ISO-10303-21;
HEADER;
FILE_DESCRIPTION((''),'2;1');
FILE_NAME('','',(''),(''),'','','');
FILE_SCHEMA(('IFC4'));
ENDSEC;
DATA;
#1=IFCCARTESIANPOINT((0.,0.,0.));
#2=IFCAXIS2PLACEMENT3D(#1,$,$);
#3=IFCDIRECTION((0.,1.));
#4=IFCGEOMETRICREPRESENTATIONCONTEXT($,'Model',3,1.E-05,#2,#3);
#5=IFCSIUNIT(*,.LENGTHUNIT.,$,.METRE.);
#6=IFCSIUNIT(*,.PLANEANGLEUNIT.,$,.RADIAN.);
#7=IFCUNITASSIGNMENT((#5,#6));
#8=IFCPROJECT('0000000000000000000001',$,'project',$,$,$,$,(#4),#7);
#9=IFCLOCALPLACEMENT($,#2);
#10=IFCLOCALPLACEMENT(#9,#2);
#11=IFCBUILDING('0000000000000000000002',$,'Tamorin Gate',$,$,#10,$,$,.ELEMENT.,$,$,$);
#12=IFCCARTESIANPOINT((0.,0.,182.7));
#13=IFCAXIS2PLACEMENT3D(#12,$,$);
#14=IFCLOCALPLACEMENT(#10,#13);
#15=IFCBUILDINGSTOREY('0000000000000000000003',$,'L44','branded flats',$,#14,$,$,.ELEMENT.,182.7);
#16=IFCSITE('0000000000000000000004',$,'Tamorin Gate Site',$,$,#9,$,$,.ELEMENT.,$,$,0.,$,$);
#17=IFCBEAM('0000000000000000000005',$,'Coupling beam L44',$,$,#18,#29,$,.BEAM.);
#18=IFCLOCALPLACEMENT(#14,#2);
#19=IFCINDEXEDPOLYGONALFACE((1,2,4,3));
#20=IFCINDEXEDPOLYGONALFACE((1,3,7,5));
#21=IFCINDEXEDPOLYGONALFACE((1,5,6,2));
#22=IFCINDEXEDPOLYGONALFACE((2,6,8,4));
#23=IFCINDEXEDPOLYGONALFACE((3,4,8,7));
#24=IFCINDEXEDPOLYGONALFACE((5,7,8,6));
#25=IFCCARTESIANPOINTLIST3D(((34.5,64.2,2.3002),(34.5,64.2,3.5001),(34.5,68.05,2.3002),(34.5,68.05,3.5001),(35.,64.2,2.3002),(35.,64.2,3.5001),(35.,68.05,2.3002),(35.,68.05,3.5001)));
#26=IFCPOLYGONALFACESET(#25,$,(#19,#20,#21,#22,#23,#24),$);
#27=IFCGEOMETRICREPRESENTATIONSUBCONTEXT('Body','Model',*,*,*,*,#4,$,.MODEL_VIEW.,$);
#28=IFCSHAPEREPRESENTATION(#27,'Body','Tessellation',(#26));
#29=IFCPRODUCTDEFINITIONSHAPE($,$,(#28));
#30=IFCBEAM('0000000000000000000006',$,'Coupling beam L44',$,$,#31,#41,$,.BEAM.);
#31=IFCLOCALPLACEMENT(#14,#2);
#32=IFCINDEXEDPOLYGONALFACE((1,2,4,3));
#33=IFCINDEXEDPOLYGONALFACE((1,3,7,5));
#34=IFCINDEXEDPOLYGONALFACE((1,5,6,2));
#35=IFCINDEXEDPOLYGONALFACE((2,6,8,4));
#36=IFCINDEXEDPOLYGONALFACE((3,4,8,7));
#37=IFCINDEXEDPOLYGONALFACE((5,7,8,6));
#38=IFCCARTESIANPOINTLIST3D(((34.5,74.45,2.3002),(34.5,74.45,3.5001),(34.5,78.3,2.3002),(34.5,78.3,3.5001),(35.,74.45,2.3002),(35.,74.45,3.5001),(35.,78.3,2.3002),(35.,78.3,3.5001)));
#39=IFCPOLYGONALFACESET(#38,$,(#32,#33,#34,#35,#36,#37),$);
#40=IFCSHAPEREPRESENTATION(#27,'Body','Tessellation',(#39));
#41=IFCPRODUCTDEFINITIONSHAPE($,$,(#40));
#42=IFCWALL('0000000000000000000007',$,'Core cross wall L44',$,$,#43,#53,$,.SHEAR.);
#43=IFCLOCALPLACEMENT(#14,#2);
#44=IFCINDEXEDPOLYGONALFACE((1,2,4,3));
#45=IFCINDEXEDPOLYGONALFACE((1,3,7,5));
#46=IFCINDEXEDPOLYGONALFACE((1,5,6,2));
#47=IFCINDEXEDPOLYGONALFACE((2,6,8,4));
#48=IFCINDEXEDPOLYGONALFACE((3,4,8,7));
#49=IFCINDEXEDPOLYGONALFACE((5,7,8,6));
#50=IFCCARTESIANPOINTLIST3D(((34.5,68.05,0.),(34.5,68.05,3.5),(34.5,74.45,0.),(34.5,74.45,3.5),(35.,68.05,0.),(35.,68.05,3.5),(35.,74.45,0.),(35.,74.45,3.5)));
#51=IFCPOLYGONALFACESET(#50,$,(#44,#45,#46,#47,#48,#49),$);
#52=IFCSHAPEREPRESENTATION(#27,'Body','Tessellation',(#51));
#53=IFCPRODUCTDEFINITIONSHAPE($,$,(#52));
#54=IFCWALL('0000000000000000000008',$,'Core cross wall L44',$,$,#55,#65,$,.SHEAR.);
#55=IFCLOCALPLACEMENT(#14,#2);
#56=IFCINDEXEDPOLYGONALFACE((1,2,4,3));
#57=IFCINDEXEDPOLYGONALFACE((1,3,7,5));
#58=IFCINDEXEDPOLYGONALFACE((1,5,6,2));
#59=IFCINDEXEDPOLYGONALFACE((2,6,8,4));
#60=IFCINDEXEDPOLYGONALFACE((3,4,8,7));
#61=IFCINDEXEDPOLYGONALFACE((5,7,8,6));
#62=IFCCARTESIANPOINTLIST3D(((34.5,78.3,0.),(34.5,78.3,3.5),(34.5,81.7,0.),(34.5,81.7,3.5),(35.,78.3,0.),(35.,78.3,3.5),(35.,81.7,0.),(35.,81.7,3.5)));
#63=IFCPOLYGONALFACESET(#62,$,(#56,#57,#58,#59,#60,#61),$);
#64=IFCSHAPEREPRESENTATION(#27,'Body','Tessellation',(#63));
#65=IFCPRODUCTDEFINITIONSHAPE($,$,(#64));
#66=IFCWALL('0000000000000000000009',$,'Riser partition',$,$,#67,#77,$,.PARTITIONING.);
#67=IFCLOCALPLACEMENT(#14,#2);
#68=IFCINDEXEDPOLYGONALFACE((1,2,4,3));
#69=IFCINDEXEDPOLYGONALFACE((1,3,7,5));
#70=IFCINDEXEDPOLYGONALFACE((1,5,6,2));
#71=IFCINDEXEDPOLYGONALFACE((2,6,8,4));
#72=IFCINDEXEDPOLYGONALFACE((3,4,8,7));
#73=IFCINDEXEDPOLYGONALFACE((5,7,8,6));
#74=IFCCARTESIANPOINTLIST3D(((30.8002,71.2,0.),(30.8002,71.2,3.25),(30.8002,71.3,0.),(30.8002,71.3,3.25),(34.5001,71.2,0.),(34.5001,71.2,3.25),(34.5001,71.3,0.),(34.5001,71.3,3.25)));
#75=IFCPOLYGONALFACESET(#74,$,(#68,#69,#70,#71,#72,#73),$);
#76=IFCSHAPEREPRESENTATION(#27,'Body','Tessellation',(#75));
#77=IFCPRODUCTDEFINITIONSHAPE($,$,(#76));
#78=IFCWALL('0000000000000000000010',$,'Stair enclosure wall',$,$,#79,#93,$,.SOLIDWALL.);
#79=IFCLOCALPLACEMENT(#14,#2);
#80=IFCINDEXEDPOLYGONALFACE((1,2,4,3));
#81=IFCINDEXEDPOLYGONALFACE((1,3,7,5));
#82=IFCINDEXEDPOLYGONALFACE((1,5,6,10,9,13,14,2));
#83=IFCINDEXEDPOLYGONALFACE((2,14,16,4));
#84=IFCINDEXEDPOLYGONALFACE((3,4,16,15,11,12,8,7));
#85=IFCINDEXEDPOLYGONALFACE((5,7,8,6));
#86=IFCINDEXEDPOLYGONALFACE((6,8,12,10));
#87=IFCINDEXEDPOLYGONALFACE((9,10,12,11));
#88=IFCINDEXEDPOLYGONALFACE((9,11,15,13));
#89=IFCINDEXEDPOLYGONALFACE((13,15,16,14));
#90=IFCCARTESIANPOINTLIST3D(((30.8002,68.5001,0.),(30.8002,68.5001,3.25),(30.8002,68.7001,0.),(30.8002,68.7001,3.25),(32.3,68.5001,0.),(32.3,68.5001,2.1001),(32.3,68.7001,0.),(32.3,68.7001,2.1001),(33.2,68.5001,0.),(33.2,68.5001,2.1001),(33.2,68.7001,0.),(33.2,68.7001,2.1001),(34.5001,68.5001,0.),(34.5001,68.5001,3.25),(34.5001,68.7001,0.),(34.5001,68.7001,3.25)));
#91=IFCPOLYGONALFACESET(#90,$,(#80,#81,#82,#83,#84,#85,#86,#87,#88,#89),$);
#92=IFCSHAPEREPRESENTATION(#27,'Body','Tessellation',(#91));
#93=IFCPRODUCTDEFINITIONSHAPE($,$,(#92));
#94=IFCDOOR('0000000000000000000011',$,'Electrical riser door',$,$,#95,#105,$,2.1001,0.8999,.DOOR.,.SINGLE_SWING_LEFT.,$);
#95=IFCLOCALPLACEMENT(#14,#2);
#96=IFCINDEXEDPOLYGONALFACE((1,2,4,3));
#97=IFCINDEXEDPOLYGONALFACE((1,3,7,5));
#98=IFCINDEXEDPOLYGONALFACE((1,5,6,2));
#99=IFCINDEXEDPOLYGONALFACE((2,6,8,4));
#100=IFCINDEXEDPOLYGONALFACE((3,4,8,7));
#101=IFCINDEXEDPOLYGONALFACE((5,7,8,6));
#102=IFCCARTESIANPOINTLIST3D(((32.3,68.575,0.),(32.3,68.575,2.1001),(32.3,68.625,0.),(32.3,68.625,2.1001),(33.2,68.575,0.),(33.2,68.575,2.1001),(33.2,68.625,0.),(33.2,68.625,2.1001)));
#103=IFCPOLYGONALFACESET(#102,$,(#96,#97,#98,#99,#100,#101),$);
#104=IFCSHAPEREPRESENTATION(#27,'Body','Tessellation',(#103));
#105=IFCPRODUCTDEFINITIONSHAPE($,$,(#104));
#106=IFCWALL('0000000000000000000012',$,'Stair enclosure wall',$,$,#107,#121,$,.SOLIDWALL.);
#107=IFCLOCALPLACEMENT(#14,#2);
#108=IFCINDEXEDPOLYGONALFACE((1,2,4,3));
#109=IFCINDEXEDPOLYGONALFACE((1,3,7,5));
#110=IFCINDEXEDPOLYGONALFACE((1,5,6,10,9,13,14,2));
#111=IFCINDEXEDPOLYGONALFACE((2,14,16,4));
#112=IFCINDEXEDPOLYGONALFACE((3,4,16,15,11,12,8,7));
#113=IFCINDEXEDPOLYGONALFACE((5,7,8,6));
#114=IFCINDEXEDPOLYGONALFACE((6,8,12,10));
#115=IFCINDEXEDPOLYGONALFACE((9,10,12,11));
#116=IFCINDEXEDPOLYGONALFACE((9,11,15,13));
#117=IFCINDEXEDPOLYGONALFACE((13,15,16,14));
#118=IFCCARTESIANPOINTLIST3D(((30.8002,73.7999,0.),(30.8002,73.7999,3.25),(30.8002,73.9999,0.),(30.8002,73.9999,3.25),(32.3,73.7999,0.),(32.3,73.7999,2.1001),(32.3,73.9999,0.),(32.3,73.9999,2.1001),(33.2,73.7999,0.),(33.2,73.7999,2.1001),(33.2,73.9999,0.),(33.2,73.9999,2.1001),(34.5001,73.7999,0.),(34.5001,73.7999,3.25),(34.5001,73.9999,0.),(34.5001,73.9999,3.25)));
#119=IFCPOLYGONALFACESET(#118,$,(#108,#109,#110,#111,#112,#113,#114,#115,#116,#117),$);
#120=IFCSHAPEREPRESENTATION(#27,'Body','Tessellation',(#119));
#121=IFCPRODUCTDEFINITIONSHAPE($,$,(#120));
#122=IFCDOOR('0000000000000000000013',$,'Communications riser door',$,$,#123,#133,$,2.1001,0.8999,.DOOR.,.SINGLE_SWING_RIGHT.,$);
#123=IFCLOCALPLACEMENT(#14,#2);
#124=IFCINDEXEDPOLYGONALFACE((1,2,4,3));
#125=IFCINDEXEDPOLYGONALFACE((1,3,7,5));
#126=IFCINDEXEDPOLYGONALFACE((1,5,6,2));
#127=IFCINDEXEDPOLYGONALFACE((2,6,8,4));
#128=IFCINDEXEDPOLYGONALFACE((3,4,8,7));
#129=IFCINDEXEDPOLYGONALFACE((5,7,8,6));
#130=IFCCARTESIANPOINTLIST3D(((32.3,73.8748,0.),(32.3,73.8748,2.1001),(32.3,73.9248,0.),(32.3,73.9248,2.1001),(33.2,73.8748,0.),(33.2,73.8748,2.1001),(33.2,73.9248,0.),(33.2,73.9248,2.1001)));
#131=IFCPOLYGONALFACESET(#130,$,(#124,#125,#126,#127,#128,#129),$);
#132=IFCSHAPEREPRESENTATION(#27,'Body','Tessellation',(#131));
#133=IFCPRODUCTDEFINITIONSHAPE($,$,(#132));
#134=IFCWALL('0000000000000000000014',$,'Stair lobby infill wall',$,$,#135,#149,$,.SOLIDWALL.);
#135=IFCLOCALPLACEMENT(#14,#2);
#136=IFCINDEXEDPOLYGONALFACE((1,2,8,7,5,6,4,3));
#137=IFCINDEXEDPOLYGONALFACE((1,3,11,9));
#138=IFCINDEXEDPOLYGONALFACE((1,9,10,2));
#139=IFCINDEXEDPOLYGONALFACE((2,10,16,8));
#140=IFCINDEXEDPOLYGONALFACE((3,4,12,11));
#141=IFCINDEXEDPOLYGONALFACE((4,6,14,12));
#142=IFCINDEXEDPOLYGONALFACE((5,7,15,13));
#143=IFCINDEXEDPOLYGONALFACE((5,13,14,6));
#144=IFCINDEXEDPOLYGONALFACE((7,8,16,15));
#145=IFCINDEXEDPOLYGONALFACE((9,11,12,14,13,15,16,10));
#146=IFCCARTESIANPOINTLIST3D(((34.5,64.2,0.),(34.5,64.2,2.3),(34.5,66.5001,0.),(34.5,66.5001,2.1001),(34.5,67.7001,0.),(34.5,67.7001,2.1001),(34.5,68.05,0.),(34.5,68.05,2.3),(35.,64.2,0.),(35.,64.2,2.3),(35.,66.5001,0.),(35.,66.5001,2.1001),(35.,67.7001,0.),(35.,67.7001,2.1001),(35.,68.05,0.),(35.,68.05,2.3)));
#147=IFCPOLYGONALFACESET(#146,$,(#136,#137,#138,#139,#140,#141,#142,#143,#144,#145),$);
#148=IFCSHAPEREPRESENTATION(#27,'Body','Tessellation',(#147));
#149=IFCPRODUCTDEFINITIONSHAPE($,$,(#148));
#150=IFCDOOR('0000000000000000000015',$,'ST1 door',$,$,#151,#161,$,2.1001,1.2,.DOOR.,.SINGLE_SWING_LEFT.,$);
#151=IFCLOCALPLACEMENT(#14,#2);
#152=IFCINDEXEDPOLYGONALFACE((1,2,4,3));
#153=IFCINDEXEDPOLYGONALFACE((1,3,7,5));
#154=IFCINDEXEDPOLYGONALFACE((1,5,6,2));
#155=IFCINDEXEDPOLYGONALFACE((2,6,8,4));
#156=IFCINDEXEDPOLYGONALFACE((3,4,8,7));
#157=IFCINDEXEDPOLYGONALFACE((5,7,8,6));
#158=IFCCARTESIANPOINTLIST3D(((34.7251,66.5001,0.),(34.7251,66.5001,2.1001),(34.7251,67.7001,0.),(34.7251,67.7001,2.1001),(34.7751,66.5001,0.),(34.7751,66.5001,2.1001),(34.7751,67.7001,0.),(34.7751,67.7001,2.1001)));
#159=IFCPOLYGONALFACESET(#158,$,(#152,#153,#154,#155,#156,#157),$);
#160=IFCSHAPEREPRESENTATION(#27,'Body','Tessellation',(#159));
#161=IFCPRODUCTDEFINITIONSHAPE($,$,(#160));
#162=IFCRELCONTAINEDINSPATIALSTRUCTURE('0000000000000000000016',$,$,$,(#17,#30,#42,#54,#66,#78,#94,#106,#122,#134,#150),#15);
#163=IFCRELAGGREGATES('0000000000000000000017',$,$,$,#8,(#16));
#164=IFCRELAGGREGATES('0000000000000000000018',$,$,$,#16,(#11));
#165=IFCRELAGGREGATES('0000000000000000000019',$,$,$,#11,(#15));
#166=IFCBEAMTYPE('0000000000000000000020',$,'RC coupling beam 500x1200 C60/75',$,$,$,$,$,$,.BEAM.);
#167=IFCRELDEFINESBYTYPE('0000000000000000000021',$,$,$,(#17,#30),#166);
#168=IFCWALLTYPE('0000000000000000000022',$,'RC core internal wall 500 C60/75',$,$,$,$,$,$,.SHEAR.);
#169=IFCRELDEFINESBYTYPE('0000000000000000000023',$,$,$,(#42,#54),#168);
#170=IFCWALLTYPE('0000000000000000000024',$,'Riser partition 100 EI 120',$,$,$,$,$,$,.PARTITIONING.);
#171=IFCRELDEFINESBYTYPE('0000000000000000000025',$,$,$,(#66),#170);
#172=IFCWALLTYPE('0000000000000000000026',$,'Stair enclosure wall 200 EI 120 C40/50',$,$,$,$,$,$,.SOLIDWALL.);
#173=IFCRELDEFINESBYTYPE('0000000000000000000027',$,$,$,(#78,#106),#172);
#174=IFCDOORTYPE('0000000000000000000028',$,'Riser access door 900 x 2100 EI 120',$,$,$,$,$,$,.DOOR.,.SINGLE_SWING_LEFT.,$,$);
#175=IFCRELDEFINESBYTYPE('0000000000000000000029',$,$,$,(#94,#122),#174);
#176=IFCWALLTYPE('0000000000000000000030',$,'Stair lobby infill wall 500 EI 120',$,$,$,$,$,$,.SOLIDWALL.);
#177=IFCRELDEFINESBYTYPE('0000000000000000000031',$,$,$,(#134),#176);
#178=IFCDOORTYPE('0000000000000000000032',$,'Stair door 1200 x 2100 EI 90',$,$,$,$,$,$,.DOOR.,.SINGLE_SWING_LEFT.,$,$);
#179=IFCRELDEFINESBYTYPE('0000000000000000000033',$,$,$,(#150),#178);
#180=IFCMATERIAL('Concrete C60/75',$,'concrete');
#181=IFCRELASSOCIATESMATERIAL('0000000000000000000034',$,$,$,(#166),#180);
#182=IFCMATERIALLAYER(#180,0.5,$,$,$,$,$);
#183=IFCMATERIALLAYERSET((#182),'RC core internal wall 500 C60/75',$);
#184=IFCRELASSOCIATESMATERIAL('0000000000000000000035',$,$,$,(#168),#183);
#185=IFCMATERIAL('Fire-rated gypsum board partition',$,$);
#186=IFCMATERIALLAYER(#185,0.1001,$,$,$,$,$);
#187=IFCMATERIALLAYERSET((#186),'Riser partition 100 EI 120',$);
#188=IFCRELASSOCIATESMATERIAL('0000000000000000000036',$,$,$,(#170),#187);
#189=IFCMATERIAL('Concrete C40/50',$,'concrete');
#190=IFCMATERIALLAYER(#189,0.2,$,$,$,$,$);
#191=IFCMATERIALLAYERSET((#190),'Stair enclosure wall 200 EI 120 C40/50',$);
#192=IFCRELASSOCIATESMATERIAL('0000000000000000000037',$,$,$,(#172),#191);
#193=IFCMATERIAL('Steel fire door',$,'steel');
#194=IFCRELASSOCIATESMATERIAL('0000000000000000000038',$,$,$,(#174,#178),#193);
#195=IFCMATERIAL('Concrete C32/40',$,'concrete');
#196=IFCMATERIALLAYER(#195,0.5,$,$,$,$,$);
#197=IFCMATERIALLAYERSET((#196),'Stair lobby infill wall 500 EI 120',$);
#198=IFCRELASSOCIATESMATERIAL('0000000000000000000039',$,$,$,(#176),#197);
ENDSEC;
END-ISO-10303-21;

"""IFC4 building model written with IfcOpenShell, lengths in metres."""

from ifc_helpers import new_model, si_unit, direction, frame, frame_2d, origin, origin_2d, place, context, subcontext, project, spatial, rectangle, extrude, material, layer, layer_set, material_profile, profile_set, type_object, element, fill, save


model = new_model("IFC4")

# Units and contexts
model_context = context("Model", 3, precision=1e-05, world=origin(), true_north=direction((0.0, 1.0)))
body_context = subcontext(model_context, "Body", "Model", "MODEL_VIEW")
ifc_project = project(units=[si_unit("LENGTHUNIT", "METRE"), si_unit("PLANEANGLEUNIT", "RADIAN")], contexts=[model_context])

# Site, building, storey
site_placement = place(None, origin())
site = spatial("IfcSite", under=ifc_project, at=site_placement, Name="Tamorin Gate Site", CompositionType="ELEMENT", RefElevation=0.0)
building_placement = place(site_placement, origin())
building = spatial("IfcBuilding", under=site, at=building_placement, Name="Tamorin Gate", CompositionType="ELEMENT")
storey_placement = place(building_placement, frame((0.0, 0.0, 182.7)))
storey = spatial("IfcBuildingStorey", under=building, at=storey_placement, Name="L44", Description="branded flats", CompositionType="ELEMENT", Elevation=182.7)

# Beams
ifc_material_1 = material(Name="Concrete C60/75", Category="concrete")
ifc_material_profile = material_profile(ifc_material_1, rectangle(XDim=0.5, YDim=1.2, at=origin_2d()), Name="RC 500x1200")
ifc_profile_set = profile_set([ifc_material_profile], Name="Concrete C60/75")
beam_type = type_object("IfcBeamType", Name="RC coupling beam 500x1200 C60/75", PredefinedType="BEAM", material=ifc_profile_set)
for number, where, z_axis, x_axis, name in (
    (1, (34.75, 64.2, 2.9001), (0.0, 1.0, 0.0), (-1.0, 0.0, 0.0), "Coupling beam L44"),
    (2, (34.75, 74.45, 2.9001), (0.0, 1.0, 0.0), (-1.0, 0.0, 0.0), "Coupling beam L44"),
):
    element("IfcBeam", number, at=place(storey_placement, frame(where, z_axis=z_axis, x_axis=x_axis)), inside=storey, type_object=beam_type, Name=name, PredefinedType="BEAM", context=body_context, shape_type="SweptSolid", body=[
        extrude(rectangle(XDim=0.5, YDim=1.2, at=origin_2d()), origin(), (0.0, 0.0, 1.0), 3.8501),
    ])

# Walls
ifc_layer_1 = layer(ifc_material_1, 0.5)
ifc_layer_set_1 = layer_set([ifc_layer_1], Name="RC core internal wall 500 C60/75")
wall_type_1 = type_object("IfcWallType", Name="RC core internal wall 500 C60/75", PredefinedType="SHEAR", material=ifc_layer_set_1)
wall_1_placement = place(storey_placement, frame((34.75, 68.05, 0.0), z_axis=(0.0, 0.0, 1.0), x_axis=(0.0, 1.0, 0.0)))
element("IfcWall", 3, at=wall_1_placement, inside=storey, type_object=wall_type_1, Name="Core cross wall L44", PredefinedType="SHEAR", context=body_context, shape_type="SweptSolid", body=[
    extrude(rectangle(XDim=6.3999, YDim=0.5, at=frame_2d((3.2, 0.0))), origin(), (0.0, 0.0, 1.0), 3.5),
])
wall_2_placement = place(storey_placement, frame((34.75, 78.3, 0.0), z_axis=(0.0, 0.0, 1.0), x_axis=(0.0, 1.0, 0.0)))
element("IfcWall", 4, at=wall_2_placement, inside=storey, type_object=wall_type_1, Name="Core cross wall L44", PredefinedType="SHEAR", context=body_context, shape_type="SweptSolid", body=[
    extrude(rectangle(XDim=3.3999, YDim=0.5, at=frame_2d((1.7, 0.0))), origin(), (0.0, 0.0, 1.0), 3.5),
])
ifc_material_2 = material(Name="Fire-rated gypsum board partition")
ifc_layer_2 = layer(ifc_material_2, 0.1001)
ifc_layer_set_2 = layer_set([ifc_layer_2], Name="Riser partition 100 EI 120")
wall_type_2 = type_object("IfcWallType", Name="Riser partition 100 EI 120", PredefinedType="PARTITIONING", material=ifc_layer_set_2)
wall_3_placement = place(storey_placement, frame((30.8, 71.25, 0.0), z_axis=(0.0, 0.0, 1.0), x_axis=(1.0, 0.0, 0.0)))
element("IfcWall", 5, at=wall_3_placement, inside=storey, type_object=wall_type_2, Name="Riser partition", PredefinedType="PARTITIONING", context=body_context, shape_type="SweptSolid", body=[
    extrude(rectangle(XDim=3.7, YDim=0.1001, at=frame_2d((1.8501, 0.0))), origin(), (0.0, 0.0, 1.0), 3.25),
])

# Walls, openings, doors
ifc_material_3 = material(Name="Concrete C40/50", Category="concrete")
ifc_layer_3 = layer(ifc_material_3, 0.2)
ifc_layer_set_3 = layer_set([ifc_layer_3], Name="Stair enclosure wall 200 EI 120 C40/50")
wall_type_3 = type_object("IfcWallType", Name="Stair enclosure wall 200 EI 120 C40/50", PredefinedType="SOLIDWALL", material=ifc_layer_set_3)
wall_4_placement = place(storey_placement, frame((30.8, 68.6001, 0.0), z_axis=(0.0, 0.0, 1.0), x_axis=(1.0, 0.0, 0.0)))
wall_4 = element("IfcWall", 6, at=wall_4_placement, inside=storey, type_object=wall_type_3, Name="Stair enclosure wall", PredefinedType="SOLIDWALL", context=body_context, shape_type="SweptSolid", body=[
    extrude(rectangle(XDim=3.7, YDim=0.2, at=frame_2d((1.8501, 0.0))), origin(), (0.0, 0.0, 1.0), 3.25),
])
opening_1_placement = place(wall_4_placement, frame((1.5, 0.0, 0.0)))
opening_1 = element("IfcOpeningElement", 7, at=opening_1_placement, cuts=wall_4, PredefinedType="OPENING", context=body_context, shape_type="SweptSolid", body=[
    extrude(rectangle(XDim=0.8999, YDim=2.1001, at=frame_2d((0.45, 1.05))), frame((0.0, 0.1099, 0.0), z_axis=(0.0, -1.0, 0.0), x_axis=(1.0, 0.0, 0.0)), (0.0, 0.0, 1.0), 0.22),
])
ifc_material_4 = material(Name="Steel fire door", Category="steel")
door_type_1 = type_object("IfcDoorType", Name="Riser access door 900 x 2100 EI 120", OperationType="SINGLE_SWING_LEFT", PredefinedType="DOOR", material=ifc_material_4)
door_1_placement = place(opening_1_placement, origin())
door_1 = element("IfcDoor", 8, at=door_1_placement, inside=storey, type_object=door_type_1, Name="Electrical riser door", OperationType="SINGLE_SWING_LEFT", OverallHeight=2.1001, OverallWidth=0.8999, PredefinedType="DOOR", context=body_context, shape_type="SweptSolid", body=[
    extrude(rectangle(XDim=0.8999, YDim=2.1001, at=frame_2d((0.45, 1.05))), frame((0.0, 0.0249, 0.0), z_axis=(0.0, -1.0, 0.0), x_axis=(1.0, 0.0, 0.0)), (0.0, 0.0, 1.0), 0.05),
])
fill(opening_1, door_1)
wall_5_placement = place(storey_placement, frame((30.8, 73.8999, 0.0), z_axis=(0.0, 0.0, 1.0), x_axis=(1.0, 0.0, 0.0)))
wall_5 = element("IfcWall", 9, at=wall_5_placement, inside=storey, type_object=wall_type_3, Name="Stair enclosure wall", PredefinedType="SOLIDWALL", context=body_context, shape_type="SweptSolid", body=[
    extrude(rectangle(XDim=3.7, YDim=0.2, at=frame_2d((1.8501, 0.0))), origin(), (0.0, 0.0, 1.0), 3.25),
])
opening_2_placement = place(wall_5_placement, frame((1.5, 0.0, 0.0)))
opening_2 = element("IfcOpeningElement", 10, at=opening_2_placement, cuts=wall_5, PredefinedType="OPENING", context=body_context, shape_type="SweptSolid", body=[
    extrude(rectangle(XDim=0.8999, YDim=2.1001, at=frame_2d((0.45, 1.05))), frame((0.0, 0.1099, 0.0), z_axis=(0.0, -1.0, 0.0), x_axis=(1.0, 0.0, 0.0)), (0.0, 0.0, 1.0), 0.22),
])
door_2_placement = place(opening_2_placement, origin())
door_2 = element("IfcDoor", 11, at=door_2_placement, inside=storey, type_object=door_type_1, Name="Communications riser door", OperationType="SINGLE_SWING_RIGHT", OverallHeight=2.1001, OverallWidth=0.8999, PredefinedType="DOOR", context=body_context, shape_type="SweptSolid", body=[
    extrude(rectangle(XDim=0.8999, YDim=2.1001, at=frame_2d((0.45, 1.05))), frame((0.0, 0.0249, 0.0), z_axis=(0.0, -1.0, 0.0), x_axis=(1.0, 0.0, 0.0)), (0.0, 0.0, 1.0), 0.05),
])
fill(opening_2, door_2)
ifc_material_5 = material(Name="Concrete C32/40", Category="concrete")
ifc_layer_4 = layer(ifc_material_5, 0.5)
ifc_layer_set_4 = layer_set([ifc_layer_4], Name="Stair lobby infill wall 500 EI 120")
wall_type_4 = type_object("IfcWallType", Name="Stair lobby infill wall 500 EI 120", PredefinedType="SOLIDWALL", material=ifc_layer_set_4)
wall_6_placement = place(storey_placement, frame((34.75, 64.2, 0.0), z_axis=(0.0, 0.0, 1.0), x_axis=(0.0, 1.0, 0.0)))
wall_6 = element("IfcWall", 12, at=wall_6_placement, inside=storey, type_object=wall_type_4, Name="Stair lobby infill wall", PredefinedType="SOLIDWALL", context=body_context, shape_type="SweptSolid", body=[
    extrude(rectangle(XDim=3.8501, YDim=0.5, at=frame_2d((1.925, 0.0))), origin(), (0.0, 0.0, 1.0), 2.3),
])
opening_3_placement = place(wall_6_placement, frame((2.3, 0.0, 0.0)))
opening_3 = element("IfcOpeningElement", 13, at=opening_3_placement, cuts=wall_6, PredefinedType="OPENING", context=body_context, shape_type="SweptSolid", body=[
    extrude(rectangle(XDim=1.2, YDim=2.1001, at=frame_2d((0.6001, 1.05))), frame((0.0, 0.26, 0.0), z_axis=(0.0, -1.0, 0.0), x_axis=(1.0, 0.0, 0.0)), (0.0, 0.0, 1.0), 0.52),
])
door_type_2 = type_object("IfcDoorType", Name="Stair door 1200 x 2100 EI 90", OperationType="SINGLE_SWING_LEFT", PredefinedType="DOOR", material=ifc_material_4)
door_3_placement = place(opening_3_placement, origin())
door_3 = element("IfcDoor", 14, at=door_3_placement, inside=storey, type_object=door_type_2, Name="ST1 door", OperationType="SINGLE_SWING_LEFT", OverallHeight=2.1001, OverallWidth=1.2, PredefinedType="DOOR", context=body_context, shape_type="SweptSolid", body=[
    extrude(rectangle(XDim=1.2, YDim=2.1001, at=frame_2d((0.6001, 1.05))), frame((0.0, 0.0249, 0.0), z_axis=(0.0, -1.0, 0.0), x_axis=(1.0, 0.0, 0.0)), (0.0, 0.0, 1.0), 0.05),
])
fill(opening_3, door_3)

save(model, "model.ifc")
